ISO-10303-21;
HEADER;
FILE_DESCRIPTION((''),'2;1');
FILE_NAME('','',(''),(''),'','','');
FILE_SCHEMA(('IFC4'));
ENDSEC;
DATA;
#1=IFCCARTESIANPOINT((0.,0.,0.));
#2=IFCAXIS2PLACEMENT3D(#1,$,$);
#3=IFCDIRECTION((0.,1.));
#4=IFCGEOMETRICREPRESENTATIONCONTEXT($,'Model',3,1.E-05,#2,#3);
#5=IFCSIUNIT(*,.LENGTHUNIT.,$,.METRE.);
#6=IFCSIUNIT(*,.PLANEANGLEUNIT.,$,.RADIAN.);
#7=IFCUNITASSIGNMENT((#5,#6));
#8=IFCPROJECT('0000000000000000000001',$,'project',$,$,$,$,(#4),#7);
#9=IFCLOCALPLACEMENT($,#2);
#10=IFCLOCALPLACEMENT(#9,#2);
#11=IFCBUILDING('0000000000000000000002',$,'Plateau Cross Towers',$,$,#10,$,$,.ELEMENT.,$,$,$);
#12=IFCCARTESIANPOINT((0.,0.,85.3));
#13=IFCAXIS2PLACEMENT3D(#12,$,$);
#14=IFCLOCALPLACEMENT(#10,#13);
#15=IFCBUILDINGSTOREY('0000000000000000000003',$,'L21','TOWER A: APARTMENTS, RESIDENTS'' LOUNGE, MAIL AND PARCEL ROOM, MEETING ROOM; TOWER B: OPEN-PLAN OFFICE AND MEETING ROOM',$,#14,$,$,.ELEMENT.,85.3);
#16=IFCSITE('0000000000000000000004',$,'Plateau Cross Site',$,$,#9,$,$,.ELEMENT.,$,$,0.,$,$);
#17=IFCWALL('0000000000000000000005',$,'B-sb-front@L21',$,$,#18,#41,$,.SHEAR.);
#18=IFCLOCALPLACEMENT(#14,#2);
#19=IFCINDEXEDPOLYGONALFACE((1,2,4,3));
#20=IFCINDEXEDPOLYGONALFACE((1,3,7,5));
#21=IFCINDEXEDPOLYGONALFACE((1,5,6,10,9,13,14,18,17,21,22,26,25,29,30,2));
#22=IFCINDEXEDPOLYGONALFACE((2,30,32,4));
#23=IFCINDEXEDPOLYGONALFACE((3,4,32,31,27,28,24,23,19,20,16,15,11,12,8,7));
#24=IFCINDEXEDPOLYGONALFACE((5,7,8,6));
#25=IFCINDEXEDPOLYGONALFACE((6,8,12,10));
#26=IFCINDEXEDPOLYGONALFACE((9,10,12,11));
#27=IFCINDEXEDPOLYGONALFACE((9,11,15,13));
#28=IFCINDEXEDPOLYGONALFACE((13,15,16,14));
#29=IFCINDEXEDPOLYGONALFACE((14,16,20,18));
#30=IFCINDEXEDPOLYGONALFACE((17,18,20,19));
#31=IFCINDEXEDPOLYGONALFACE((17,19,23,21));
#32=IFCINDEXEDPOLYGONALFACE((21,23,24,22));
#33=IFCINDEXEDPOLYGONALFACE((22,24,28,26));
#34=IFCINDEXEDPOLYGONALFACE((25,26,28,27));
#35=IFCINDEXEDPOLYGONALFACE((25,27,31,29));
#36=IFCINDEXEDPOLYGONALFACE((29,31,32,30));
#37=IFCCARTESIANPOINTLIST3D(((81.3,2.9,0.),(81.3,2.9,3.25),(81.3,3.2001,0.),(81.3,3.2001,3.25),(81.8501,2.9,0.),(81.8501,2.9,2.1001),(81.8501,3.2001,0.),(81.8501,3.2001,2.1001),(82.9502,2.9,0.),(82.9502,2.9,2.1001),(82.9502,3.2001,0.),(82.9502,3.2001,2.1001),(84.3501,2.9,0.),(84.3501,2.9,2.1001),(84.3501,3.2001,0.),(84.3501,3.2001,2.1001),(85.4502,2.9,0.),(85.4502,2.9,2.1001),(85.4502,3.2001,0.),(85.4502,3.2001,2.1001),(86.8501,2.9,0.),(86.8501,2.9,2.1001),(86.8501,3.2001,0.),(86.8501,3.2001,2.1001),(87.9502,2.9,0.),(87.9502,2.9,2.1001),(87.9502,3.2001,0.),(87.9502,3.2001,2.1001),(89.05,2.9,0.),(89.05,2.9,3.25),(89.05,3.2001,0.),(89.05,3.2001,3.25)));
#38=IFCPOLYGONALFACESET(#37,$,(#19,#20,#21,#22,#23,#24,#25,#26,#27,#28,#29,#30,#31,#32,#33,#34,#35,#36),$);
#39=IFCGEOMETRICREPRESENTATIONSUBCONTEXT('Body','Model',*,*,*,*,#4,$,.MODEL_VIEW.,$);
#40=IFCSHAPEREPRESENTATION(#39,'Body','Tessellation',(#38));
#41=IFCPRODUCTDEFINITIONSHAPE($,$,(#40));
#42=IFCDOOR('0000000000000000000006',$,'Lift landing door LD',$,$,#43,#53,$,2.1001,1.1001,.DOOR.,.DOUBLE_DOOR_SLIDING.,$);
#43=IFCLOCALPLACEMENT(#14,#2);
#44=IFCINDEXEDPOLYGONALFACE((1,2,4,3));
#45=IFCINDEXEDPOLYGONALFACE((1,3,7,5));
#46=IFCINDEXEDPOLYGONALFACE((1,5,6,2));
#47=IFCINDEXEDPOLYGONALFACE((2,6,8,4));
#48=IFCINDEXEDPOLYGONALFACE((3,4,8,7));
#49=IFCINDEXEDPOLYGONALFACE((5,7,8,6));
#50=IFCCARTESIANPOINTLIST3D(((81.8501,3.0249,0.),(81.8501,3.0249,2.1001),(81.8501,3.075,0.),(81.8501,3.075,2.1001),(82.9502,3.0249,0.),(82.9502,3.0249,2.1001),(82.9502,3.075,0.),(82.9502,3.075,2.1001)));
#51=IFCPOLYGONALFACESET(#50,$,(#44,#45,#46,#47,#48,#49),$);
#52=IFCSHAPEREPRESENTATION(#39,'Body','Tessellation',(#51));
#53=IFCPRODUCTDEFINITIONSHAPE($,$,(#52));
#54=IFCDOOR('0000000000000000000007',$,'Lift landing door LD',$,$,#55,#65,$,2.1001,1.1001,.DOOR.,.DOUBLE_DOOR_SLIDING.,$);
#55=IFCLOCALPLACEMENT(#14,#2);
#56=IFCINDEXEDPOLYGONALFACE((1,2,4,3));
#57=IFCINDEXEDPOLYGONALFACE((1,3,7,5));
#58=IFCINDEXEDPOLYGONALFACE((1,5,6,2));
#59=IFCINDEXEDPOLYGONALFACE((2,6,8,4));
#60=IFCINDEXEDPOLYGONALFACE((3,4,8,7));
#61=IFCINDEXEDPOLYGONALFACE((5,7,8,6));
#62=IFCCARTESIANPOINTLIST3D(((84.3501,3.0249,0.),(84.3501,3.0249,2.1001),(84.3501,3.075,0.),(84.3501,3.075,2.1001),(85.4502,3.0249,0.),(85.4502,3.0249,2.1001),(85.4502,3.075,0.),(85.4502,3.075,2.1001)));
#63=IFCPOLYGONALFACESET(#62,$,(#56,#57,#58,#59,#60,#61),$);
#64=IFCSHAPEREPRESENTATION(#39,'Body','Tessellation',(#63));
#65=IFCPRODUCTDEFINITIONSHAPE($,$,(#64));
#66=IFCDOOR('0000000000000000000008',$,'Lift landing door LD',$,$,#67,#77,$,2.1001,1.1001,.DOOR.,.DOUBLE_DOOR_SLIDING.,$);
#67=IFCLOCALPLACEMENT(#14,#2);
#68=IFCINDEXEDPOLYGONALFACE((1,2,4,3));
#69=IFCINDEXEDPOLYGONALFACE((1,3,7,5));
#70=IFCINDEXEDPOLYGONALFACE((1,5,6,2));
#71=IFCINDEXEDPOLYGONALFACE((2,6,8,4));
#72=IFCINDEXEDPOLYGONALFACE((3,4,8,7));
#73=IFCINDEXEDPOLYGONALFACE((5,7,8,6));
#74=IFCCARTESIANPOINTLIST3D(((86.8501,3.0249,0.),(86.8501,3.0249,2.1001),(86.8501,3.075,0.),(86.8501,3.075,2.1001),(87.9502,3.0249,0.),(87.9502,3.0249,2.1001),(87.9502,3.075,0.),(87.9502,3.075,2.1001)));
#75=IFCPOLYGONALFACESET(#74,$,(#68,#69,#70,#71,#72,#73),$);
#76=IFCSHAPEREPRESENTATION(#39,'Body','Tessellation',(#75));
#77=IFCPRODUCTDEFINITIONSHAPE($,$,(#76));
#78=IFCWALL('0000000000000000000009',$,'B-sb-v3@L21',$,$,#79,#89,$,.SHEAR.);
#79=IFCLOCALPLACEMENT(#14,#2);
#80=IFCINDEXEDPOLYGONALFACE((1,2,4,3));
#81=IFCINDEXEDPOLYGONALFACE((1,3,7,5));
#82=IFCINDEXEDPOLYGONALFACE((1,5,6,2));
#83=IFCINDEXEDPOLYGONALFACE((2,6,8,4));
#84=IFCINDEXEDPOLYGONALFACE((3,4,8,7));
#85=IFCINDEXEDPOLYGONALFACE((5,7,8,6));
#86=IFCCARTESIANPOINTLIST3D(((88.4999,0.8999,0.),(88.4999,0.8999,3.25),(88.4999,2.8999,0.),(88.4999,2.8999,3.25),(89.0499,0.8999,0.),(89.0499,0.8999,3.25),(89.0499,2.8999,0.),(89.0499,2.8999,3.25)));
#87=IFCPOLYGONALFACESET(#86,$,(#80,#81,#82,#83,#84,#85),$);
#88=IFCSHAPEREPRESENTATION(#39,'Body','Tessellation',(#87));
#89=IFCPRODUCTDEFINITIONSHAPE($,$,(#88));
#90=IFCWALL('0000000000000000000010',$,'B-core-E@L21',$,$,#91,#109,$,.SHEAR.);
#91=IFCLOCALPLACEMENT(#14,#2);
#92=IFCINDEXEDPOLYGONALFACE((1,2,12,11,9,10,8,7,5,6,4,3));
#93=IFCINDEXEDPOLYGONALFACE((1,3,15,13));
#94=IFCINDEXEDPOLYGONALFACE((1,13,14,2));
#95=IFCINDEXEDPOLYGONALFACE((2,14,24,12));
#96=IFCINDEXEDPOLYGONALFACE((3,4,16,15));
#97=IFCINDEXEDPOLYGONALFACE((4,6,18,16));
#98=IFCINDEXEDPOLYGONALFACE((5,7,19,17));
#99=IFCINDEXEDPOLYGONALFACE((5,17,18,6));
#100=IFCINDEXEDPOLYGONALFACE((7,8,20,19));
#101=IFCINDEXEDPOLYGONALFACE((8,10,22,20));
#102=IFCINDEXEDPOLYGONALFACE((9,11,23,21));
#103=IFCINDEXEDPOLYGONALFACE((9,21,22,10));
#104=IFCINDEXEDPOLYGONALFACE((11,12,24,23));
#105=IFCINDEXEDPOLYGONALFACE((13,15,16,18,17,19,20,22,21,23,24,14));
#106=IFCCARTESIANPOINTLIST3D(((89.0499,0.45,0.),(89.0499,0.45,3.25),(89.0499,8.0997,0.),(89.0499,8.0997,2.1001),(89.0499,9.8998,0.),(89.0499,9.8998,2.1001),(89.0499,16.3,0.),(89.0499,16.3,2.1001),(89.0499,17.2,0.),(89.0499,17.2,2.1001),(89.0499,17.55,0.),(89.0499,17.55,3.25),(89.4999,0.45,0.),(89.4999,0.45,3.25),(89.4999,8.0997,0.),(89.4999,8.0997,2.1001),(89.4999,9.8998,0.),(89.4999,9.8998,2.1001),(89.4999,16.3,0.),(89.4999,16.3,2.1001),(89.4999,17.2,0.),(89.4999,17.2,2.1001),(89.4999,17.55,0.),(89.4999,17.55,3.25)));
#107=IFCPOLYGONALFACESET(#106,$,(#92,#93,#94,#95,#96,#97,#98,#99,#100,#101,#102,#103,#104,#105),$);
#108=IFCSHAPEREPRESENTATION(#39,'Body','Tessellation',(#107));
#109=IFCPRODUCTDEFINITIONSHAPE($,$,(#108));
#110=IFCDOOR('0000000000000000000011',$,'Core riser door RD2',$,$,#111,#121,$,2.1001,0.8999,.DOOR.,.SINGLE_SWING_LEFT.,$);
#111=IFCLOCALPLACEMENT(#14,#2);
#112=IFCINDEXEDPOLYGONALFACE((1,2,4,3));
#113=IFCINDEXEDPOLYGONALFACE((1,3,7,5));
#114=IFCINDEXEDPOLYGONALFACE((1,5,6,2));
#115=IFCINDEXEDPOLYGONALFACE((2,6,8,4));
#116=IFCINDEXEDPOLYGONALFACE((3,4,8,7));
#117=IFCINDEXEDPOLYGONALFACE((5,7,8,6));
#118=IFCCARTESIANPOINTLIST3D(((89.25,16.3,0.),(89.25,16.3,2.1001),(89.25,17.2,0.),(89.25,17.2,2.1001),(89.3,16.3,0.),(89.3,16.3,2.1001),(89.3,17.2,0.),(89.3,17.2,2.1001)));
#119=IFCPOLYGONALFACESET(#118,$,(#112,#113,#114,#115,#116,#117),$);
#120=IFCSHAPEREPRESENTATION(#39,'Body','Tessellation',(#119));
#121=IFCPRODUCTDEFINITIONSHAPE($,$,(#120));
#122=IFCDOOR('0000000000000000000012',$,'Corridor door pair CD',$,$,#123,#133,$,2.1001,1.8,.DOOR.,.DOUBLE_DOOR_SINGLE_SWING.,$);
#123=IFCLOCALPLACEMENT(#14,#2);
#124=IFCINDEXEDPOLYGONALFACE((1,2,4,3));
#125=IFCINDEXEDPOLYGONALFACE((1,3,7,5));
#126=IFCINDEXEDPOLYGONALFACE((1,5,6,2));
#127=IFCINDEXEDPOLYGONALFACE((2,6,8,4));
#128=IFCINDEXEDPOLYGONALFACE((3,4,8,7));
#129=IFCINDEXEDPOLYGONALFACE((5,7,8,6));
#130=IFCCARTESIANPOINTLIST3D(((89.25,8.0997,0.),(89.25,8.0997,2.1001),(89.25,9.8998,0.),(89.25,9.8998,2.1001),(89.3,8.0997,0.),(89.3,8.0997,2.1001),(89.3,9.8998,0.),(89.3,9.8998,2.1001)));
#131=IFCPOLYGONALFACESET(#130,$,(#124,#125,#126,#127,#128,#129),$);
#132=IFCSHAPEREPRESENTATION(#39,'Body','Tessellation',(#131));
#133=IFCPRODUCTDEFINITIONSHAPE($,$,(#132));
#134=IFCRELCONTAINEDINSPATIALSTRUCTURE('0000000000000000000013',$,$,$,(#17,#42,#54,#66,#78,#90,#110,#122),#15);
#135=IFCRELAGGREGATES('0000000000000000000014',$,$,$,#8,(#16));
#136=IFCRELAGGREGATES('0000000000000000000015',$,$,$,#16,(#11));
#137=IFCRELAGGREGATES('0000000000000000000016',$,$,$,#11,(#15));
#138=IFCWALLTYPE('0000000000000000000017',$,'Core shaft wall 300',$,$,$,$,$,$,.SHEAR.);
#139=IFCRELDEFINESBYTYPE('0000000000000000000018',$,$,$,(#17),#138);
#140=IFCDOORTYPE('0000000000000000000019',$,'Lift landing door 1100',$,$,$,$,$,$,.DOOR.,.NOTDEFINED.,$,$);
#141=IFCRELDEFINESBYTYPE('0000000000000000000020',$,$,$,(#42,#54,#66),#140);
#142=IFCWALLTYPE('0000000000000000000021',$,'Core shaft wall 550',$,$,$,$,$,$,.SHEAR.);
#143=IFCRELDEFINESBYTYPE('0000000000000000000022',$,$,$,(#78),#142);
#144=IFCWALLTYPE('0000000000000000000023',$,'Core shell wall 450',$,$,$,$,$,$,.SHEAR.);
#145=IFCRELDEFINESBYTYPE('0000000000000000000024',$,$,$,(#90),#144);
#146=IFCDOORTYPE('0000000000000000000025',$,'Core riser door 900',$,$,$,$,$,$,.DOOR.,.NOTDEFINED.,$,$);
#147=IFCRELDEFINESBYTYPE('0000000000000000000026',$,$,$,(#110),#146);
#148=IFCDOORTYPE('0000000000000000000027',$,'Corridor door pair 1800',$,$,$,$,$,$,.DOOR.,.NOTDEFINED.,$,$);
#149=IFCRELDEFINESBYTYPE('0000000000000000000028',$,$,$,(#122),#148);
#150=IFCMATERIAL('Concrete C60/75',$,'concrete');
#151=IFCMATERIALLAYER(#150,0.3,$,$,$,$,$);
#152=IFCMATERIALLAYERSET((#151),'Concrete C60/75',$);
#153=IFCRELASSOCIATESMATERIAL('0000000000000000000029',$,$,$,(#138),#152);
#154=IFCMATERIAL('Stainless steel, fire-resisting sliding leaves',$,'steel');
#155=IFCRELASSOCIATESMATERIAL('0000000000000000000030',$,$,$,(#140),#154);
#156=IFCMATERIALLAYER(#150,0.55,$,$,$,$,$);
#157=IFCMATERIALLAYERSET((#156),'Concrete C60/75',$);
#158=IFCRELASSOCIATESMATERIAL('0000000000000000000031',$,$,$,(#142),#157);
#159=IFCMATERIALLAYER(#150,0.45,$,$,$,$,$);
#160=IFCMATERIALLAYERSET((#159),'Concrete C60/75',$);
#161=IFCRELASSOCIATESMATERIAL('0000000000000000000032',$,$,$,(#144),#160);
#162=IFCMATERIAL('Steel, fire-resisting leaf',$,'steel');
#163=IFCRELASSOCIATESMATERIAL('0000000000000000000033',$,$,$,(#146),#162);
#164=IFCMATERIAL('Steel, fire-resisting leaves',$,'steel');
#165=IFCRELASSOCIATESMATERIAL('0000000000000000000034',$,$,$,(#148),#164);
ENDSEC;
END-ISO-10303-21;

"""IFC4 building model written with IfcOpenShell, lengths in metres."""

from ifc_helpers import new_model, si_unit, direction, frame, frame_2d, origin, place, context, subcontext, project, spatial, rectangle, extrude, material, layer, layer_set, type_object, element, fill, save


model = new_model("IFC4")

# Units and contexts
model_context = context("Model", 3, precision=1e-05, world=origin(), true_north=direction((0.0, 1.0)))
body_context = subcontext(model_context, "Body", "Model", "MODEL_VIEW")
ifc_project = project(units=[si_unit("LENGTHUNIT", "METRE"), si_unit("PLANEANGLEUNIT", "RADIAN")], contexts=[model_context])

# Site, building, storey
site_placement = place(None, origin())
site = spatial("IfcSite", under=ifc_project, at=site_placement, Name="Plateau Cross Site", CompositionType="ELEMENT", RefElevation=0.0)
building_placement = place(site_placement, origin())
building = spatial("IfcBuilding", under=site, at=building_placement, Name="Plateau Cross Towers", CompositionType="ELEMENT")
storey_placement = place(building_placement, frame((0.0, 0.0, 85.3)))
storey = spatial("IfcBuildingStorey", under=building, at=storey_placement, Name="L21", Description="TOWER A: APARTMENTS, RESIDENTS' LOUNGE, MAIL AND PARCEL ROOM, MEETING ROOM; TOWER B: OPEN-PLAN OFFICE AND MEETING ROOM", CompositionType="ELEMENT", Elevation=85.3)

# Shared definitions
ifc_material_1 = material(Name="Concrete C60/75", Category="concrete")

# Shared definitions
ifc_layer_1 = layer(ifc_material_1, 0.3)
ifc_layer_set_1 = layer_set([ifc_layer_1], Name="Concrete C60/75")
wall_type_1 = type_object("IfcWallType", Name="Core shaft wall 300", PredefinedType="SHEAR", material=ifc_layer_set_1)

# Wall, openings, doors
wall_1_placement = place(storey_placement, frame((81.3, 3.05, 0.0), z_axis=(0.0, 0.0, 1.0), x_axis=(1.0, 0.0, 0.0)))
wall_1 = element("IfcWall", 1, at=wall_1_placement, inside=storey, type_object=wall_type_1, Name="B-sb-front@L21", PredefinedType="SHEAR", context=body_context, shape_type="SweptSolid", body=[
    extrude(rectangle(XDim=7.75, YDim=0.3, at=frame_2d((3.875, 0.0))), origin(), (0.0, 0.0, 1.0), 3.25),
])
opening_1_placement = place(wall_1_placement, frame((0.55, 0.0, 0.0)))
opening_1 = element("IfcOpeningElement", 2, at=opening_1_placement, cuts=wall_1, PredefinedType="OPENING", context=body_context, shape_type="SweptSolid", body=[
    extrude(rectangle(XDim=1.1001, YDim=2.1001, at=frame_2d((0.55, 1.05))), frame((0.0, 0.1599, 0.0), z_axis=(0.0, -1.0, 0.0), x_axis=(1.0, 0.0, 0.0)), (0.0, 0.0, 1.0), 0.3201),
])
opening_2_placement = place(wall_1_placement, frame((3.05, 0.0, 0.0)))
opening_2 = element("IfcOpeningElement", 3, at=opening_2_placement, cuts=wall_1, PredefinedType="OPENING", context=body_context, shape_type="SweptSolid", body=[
    extrude(rectangle(XDim=1.1001, YDim=2.1001, at=frame_2d((0.55, 1.05))), frame((0.0, 0.1599, 0.0), z_axis=(0.0, -1.0, 0.0), x_axis=(1.0, 0.0, 0.0)), (0.0, 0.0, 1.0), 0.3201),
])
opening_3_placement = place(wall_1_placement, frame((5.55, 0.0, 0.0)))
opening_3 = element("IfcOpeningElement", 4, at=opening_3_placement, cuts=wall_1, PredefinedType="OPENING", context=body_context, shape_type="SweptSolid", body=[
    extrude(rectangle(XDim=1.1001, YDim=2.1001, at=frame_2d((0.55, 1.05))), frame((0.0, 0.1599, 0.0), z_axis=(0.0, -1.0, 0.0), x_axis=(1.0, 0.0, 0.0)), (0.0, 0.0, 1.0), 0.3201),
])
ifc_material_2 = material(Name="Stainless steel, fire-resisting sliding leaves", Category="steel")
door_type_1 = type_object("IfcDoorType", Name="Lift landing door 1100", OperationType="NOTDEFINED", PredefinedType="DOOR", material=ifc_material_2)
door_1_placement = place(opening_1_placement, origin())
door_1 = element("IfcDoor", 5, at=door_1_placement, inside=storey, type_object=door_type_1, Name="Lift landing door LD", OperationType="DOUBLE_DOOR_SLIDING", OverallHeight=2.1001, OverallWidth=1.1001, PredefinedType="DOOR", context=body_context, shape_type="SweptSolid", body=[
    extrude(rectangle(XDim=1.1001, YDim=2.1001, at=frame_2d((0.55, 1.05))), frame((0.0, 0.0249, 0.0), z_axis=(0.0, -1.0, 0.0), x_axis=(1.0, 0.0, 0.0)), (0.0, 0.0, 1.0), 0.05),
])
fill(opening_1, door_1)
door_2_placement = place(opening_2_placement, origin())
door_2 = element("IfcDoor", 6, at=door_2_placement, inside=storey, type_object=door_type_1, Name="Lift landing door LD", OperationType="DOUBLE_DOOR_SLIDING", OverallHeight=2.1001, OverallWidth=1.1001, PredefinedType="DOOR", context=body_context, shape_type="SweptSolid", body=[
    extrude(rectangle(XDim=1.1001, YDim=2.1001, at=frame_2d((0.55, 1.05))), frame((0.0, 0.0249, 0.0), z_axis=(0.0, -1.0, 0.0), x_axis=(1.0, 0.0, 0.0)), (0.0, 0.0, 1.0), 0.05),
])
fill(opening_2, door_2)
door_3_placement = place(opening_3_placement, origin())
door_3 = element("IfcDoor", 7, at=door_3_placement, inside=storey, type_object=door_type_1, Name="Lift landing door LD", OperationType="DOUBLE_DOOR_SLIDING", OverallHeight=2.1001, OverallWidth=1.1001, PredefinedType="DOOR", context=body_context, shape_type="SweptSolid", body=[
    extrude(rectangle(XDim=1.1001, YDim=2.1001, at=frame_2d((0.55, 1.05))), frame((0.0, 0.0249, 0.0), z_axis=(0.0, -1.0, 0.0), x_axis=(1.0, 0.0, 0.0)), (0.0, 0.0, 1.0), 0.05),
])
fill(opening_3, door_3)

# Wall
ifc_layer_2 = layer(ifc_material_1, 0.55)
ifc_layer_set_2 = layer_set([ifc_layer_2], Name="Concrete C60/75")
wall_type_2 = type_object("IfcWallType", Name="Core shaft wall 550", PredefinedType="SHEAR", material=ifc_layer_set_2)
wall_2_placement = place(storey_placement, frame((88.7749, 0.8999, 0.0), z_axis=(0.0, 0.0, 1.0), x_axis=(0.0, 1.0, 0.0)))
element("IfcWall", 8, at=wall_2_placement, inside=storey, type_object=wall_type_2, Name="B-sb-v3@L21", PredefinedType="SHEAR", context=body_context, shape_type="SweptSolid", body=[
    extrude(rectangle(XDim=2.0, YDim=0.55, at=frame_2d((1.0, 0.0))), origin(), (0.0, 0.0, 1.0), 3.25),
])

# Wall, openings, doors
ifc_layer_3 = layer(ifc_material_1, 0.45)
ifc_layer_set_3 = layer_set([ifc_layer_3], Name="Concrete C60/75")
wall_type_3 = type_object("IfcWallType", Name="Core shell wall 450", PredefinedType="SHEAR", material=ifc_layer_set_3)
wall_3_placement = place(storey_placement, frame((89.2749, 0.45, 0.0), z_axis=(0.0, 0.0, 1.0), x_axis=(0.0, 1.0, 0.0)))
wall_3 = element("IfcWall", 9, at=wall_3_placement, inside=storey, type_object=wall_type_3, Name="B-core-E@L21", PredefinedType="SHEAR", context=body_context, shape_type="SweptSolid", body=[
    extrude(rectangle(XDim=17.1001, YDim=0.45, at=frame_2d((8.55, 0.0))), origin(), (0.0, 0.0, 1.0), 3.25),
])
opening_4_placement = place(wall_3_placement, frame((7.6499, 0.0, 0.0)))
opening_4 = element("IfcOpeningElement", 10, at=opening_4_placement, cuts=wall_3, PredefinedType="OPENING", context=body_context, shape_type="SweptSolid", body=[
    extrude(rectangle(XDim=1.8, YDim=2.1001, at=frame_2d((0.8999, 1.05))), frame((0.0, 0.2349, 0.0), z_axis=(0.0, -1.0, 0.0), x_axis=(1.0, 0.0, 0.0)), (0.0, 0.0, 1.0), 0.47),
])
opening_5_placement = place(wall_3_placement, frame((15.8501, 0.0, 0.0)))
opening_5 = element("IfcOpeningElement", 11, at=opening_5_placement, cuts=wall_3, PredefinedType="OPENING", context=body_context, shape_type="SweptSolid", body=[
    extrude(rectangle(XDim=0.8999, YDim=2.1001, at=frame_2d((0.45, 1.05))), frame((0.0, 0.2349, 0.0), z_axis=(0.0, -1.0, 0.0), x_axis=(1.0, 0.0, 0.0)), (0.0, 0.0, 1.0), 0.47),
])
ifc_material_3 = material(Name="Steel, fire-resisting leaf", Category="steel")
door_type_2 = type_object("IfcDoorType", Name="Core riser door 900", OperationType="NOTDEFINED", PredefinedType="DOOR", material=ifc_material_3)
door_4_placement = place(opening_5_placement, origin())
door_4 = element("IfcDoor", 12, at=door_4_placement, inside=storey, type_object=door_type_2, Name="Core riser door RD2", OperationType="SINGLE_SWING_LEFT", OverallHeight=2.1001, OverallWidth=0.8999, PredefinedType="DOOR", context=body_context, shape_type="SweptSolid", body=[
    extrude(rectangle(XDim=0.8999, YDim=2.1001, at=frame_2d((0.45, 1.05))), frame((0.0, 0.0249, 0.0), z_axis=(0.0, -1.0, 0.0), x_axis=(1.0, 0.0, 0.0)), (0.0, 0.0, 1.0), 0.05),
])
fill(opening_5, door_4)
ifc_material_4 = material(Name="Steel, fire-resisting leaves", Category="steel")
door_type_3 = type_object("IfcDoorType", Name="Corridor door pair 1800", OperationType="NOTDEFINED", PredefinedType="DOOR", material=ifc_material_4)
door_5_placement = place(opening_4_placement, origin())
door_5 = element("IfcDoor", 13, at=door_5_placement, inside=storey, type_object=door_type_3, Name="Corridor door pair CD", OperationType="DOUBLE_DOOR_SINGLE_SWING", OverallHeight=2.1001, OverallWidth=1.8, PredefinedType="DOOR", context=body_context, shape_type="SweptSolid", body=[
    extrude(rectangle(XDim=1.8, YDim=2.1001, at=frame_2d((0.8999, 1.05))), frame((0.0, 0.0249, 0.0), z_axis=(0.0, -1.0, 0.0), x_axis=(1.0, 0.0, 0.0)), (0.0, 0.0, 1.0), 0.05),
])
fill(opening_4, door_5)

save(model, "model.ifc")
